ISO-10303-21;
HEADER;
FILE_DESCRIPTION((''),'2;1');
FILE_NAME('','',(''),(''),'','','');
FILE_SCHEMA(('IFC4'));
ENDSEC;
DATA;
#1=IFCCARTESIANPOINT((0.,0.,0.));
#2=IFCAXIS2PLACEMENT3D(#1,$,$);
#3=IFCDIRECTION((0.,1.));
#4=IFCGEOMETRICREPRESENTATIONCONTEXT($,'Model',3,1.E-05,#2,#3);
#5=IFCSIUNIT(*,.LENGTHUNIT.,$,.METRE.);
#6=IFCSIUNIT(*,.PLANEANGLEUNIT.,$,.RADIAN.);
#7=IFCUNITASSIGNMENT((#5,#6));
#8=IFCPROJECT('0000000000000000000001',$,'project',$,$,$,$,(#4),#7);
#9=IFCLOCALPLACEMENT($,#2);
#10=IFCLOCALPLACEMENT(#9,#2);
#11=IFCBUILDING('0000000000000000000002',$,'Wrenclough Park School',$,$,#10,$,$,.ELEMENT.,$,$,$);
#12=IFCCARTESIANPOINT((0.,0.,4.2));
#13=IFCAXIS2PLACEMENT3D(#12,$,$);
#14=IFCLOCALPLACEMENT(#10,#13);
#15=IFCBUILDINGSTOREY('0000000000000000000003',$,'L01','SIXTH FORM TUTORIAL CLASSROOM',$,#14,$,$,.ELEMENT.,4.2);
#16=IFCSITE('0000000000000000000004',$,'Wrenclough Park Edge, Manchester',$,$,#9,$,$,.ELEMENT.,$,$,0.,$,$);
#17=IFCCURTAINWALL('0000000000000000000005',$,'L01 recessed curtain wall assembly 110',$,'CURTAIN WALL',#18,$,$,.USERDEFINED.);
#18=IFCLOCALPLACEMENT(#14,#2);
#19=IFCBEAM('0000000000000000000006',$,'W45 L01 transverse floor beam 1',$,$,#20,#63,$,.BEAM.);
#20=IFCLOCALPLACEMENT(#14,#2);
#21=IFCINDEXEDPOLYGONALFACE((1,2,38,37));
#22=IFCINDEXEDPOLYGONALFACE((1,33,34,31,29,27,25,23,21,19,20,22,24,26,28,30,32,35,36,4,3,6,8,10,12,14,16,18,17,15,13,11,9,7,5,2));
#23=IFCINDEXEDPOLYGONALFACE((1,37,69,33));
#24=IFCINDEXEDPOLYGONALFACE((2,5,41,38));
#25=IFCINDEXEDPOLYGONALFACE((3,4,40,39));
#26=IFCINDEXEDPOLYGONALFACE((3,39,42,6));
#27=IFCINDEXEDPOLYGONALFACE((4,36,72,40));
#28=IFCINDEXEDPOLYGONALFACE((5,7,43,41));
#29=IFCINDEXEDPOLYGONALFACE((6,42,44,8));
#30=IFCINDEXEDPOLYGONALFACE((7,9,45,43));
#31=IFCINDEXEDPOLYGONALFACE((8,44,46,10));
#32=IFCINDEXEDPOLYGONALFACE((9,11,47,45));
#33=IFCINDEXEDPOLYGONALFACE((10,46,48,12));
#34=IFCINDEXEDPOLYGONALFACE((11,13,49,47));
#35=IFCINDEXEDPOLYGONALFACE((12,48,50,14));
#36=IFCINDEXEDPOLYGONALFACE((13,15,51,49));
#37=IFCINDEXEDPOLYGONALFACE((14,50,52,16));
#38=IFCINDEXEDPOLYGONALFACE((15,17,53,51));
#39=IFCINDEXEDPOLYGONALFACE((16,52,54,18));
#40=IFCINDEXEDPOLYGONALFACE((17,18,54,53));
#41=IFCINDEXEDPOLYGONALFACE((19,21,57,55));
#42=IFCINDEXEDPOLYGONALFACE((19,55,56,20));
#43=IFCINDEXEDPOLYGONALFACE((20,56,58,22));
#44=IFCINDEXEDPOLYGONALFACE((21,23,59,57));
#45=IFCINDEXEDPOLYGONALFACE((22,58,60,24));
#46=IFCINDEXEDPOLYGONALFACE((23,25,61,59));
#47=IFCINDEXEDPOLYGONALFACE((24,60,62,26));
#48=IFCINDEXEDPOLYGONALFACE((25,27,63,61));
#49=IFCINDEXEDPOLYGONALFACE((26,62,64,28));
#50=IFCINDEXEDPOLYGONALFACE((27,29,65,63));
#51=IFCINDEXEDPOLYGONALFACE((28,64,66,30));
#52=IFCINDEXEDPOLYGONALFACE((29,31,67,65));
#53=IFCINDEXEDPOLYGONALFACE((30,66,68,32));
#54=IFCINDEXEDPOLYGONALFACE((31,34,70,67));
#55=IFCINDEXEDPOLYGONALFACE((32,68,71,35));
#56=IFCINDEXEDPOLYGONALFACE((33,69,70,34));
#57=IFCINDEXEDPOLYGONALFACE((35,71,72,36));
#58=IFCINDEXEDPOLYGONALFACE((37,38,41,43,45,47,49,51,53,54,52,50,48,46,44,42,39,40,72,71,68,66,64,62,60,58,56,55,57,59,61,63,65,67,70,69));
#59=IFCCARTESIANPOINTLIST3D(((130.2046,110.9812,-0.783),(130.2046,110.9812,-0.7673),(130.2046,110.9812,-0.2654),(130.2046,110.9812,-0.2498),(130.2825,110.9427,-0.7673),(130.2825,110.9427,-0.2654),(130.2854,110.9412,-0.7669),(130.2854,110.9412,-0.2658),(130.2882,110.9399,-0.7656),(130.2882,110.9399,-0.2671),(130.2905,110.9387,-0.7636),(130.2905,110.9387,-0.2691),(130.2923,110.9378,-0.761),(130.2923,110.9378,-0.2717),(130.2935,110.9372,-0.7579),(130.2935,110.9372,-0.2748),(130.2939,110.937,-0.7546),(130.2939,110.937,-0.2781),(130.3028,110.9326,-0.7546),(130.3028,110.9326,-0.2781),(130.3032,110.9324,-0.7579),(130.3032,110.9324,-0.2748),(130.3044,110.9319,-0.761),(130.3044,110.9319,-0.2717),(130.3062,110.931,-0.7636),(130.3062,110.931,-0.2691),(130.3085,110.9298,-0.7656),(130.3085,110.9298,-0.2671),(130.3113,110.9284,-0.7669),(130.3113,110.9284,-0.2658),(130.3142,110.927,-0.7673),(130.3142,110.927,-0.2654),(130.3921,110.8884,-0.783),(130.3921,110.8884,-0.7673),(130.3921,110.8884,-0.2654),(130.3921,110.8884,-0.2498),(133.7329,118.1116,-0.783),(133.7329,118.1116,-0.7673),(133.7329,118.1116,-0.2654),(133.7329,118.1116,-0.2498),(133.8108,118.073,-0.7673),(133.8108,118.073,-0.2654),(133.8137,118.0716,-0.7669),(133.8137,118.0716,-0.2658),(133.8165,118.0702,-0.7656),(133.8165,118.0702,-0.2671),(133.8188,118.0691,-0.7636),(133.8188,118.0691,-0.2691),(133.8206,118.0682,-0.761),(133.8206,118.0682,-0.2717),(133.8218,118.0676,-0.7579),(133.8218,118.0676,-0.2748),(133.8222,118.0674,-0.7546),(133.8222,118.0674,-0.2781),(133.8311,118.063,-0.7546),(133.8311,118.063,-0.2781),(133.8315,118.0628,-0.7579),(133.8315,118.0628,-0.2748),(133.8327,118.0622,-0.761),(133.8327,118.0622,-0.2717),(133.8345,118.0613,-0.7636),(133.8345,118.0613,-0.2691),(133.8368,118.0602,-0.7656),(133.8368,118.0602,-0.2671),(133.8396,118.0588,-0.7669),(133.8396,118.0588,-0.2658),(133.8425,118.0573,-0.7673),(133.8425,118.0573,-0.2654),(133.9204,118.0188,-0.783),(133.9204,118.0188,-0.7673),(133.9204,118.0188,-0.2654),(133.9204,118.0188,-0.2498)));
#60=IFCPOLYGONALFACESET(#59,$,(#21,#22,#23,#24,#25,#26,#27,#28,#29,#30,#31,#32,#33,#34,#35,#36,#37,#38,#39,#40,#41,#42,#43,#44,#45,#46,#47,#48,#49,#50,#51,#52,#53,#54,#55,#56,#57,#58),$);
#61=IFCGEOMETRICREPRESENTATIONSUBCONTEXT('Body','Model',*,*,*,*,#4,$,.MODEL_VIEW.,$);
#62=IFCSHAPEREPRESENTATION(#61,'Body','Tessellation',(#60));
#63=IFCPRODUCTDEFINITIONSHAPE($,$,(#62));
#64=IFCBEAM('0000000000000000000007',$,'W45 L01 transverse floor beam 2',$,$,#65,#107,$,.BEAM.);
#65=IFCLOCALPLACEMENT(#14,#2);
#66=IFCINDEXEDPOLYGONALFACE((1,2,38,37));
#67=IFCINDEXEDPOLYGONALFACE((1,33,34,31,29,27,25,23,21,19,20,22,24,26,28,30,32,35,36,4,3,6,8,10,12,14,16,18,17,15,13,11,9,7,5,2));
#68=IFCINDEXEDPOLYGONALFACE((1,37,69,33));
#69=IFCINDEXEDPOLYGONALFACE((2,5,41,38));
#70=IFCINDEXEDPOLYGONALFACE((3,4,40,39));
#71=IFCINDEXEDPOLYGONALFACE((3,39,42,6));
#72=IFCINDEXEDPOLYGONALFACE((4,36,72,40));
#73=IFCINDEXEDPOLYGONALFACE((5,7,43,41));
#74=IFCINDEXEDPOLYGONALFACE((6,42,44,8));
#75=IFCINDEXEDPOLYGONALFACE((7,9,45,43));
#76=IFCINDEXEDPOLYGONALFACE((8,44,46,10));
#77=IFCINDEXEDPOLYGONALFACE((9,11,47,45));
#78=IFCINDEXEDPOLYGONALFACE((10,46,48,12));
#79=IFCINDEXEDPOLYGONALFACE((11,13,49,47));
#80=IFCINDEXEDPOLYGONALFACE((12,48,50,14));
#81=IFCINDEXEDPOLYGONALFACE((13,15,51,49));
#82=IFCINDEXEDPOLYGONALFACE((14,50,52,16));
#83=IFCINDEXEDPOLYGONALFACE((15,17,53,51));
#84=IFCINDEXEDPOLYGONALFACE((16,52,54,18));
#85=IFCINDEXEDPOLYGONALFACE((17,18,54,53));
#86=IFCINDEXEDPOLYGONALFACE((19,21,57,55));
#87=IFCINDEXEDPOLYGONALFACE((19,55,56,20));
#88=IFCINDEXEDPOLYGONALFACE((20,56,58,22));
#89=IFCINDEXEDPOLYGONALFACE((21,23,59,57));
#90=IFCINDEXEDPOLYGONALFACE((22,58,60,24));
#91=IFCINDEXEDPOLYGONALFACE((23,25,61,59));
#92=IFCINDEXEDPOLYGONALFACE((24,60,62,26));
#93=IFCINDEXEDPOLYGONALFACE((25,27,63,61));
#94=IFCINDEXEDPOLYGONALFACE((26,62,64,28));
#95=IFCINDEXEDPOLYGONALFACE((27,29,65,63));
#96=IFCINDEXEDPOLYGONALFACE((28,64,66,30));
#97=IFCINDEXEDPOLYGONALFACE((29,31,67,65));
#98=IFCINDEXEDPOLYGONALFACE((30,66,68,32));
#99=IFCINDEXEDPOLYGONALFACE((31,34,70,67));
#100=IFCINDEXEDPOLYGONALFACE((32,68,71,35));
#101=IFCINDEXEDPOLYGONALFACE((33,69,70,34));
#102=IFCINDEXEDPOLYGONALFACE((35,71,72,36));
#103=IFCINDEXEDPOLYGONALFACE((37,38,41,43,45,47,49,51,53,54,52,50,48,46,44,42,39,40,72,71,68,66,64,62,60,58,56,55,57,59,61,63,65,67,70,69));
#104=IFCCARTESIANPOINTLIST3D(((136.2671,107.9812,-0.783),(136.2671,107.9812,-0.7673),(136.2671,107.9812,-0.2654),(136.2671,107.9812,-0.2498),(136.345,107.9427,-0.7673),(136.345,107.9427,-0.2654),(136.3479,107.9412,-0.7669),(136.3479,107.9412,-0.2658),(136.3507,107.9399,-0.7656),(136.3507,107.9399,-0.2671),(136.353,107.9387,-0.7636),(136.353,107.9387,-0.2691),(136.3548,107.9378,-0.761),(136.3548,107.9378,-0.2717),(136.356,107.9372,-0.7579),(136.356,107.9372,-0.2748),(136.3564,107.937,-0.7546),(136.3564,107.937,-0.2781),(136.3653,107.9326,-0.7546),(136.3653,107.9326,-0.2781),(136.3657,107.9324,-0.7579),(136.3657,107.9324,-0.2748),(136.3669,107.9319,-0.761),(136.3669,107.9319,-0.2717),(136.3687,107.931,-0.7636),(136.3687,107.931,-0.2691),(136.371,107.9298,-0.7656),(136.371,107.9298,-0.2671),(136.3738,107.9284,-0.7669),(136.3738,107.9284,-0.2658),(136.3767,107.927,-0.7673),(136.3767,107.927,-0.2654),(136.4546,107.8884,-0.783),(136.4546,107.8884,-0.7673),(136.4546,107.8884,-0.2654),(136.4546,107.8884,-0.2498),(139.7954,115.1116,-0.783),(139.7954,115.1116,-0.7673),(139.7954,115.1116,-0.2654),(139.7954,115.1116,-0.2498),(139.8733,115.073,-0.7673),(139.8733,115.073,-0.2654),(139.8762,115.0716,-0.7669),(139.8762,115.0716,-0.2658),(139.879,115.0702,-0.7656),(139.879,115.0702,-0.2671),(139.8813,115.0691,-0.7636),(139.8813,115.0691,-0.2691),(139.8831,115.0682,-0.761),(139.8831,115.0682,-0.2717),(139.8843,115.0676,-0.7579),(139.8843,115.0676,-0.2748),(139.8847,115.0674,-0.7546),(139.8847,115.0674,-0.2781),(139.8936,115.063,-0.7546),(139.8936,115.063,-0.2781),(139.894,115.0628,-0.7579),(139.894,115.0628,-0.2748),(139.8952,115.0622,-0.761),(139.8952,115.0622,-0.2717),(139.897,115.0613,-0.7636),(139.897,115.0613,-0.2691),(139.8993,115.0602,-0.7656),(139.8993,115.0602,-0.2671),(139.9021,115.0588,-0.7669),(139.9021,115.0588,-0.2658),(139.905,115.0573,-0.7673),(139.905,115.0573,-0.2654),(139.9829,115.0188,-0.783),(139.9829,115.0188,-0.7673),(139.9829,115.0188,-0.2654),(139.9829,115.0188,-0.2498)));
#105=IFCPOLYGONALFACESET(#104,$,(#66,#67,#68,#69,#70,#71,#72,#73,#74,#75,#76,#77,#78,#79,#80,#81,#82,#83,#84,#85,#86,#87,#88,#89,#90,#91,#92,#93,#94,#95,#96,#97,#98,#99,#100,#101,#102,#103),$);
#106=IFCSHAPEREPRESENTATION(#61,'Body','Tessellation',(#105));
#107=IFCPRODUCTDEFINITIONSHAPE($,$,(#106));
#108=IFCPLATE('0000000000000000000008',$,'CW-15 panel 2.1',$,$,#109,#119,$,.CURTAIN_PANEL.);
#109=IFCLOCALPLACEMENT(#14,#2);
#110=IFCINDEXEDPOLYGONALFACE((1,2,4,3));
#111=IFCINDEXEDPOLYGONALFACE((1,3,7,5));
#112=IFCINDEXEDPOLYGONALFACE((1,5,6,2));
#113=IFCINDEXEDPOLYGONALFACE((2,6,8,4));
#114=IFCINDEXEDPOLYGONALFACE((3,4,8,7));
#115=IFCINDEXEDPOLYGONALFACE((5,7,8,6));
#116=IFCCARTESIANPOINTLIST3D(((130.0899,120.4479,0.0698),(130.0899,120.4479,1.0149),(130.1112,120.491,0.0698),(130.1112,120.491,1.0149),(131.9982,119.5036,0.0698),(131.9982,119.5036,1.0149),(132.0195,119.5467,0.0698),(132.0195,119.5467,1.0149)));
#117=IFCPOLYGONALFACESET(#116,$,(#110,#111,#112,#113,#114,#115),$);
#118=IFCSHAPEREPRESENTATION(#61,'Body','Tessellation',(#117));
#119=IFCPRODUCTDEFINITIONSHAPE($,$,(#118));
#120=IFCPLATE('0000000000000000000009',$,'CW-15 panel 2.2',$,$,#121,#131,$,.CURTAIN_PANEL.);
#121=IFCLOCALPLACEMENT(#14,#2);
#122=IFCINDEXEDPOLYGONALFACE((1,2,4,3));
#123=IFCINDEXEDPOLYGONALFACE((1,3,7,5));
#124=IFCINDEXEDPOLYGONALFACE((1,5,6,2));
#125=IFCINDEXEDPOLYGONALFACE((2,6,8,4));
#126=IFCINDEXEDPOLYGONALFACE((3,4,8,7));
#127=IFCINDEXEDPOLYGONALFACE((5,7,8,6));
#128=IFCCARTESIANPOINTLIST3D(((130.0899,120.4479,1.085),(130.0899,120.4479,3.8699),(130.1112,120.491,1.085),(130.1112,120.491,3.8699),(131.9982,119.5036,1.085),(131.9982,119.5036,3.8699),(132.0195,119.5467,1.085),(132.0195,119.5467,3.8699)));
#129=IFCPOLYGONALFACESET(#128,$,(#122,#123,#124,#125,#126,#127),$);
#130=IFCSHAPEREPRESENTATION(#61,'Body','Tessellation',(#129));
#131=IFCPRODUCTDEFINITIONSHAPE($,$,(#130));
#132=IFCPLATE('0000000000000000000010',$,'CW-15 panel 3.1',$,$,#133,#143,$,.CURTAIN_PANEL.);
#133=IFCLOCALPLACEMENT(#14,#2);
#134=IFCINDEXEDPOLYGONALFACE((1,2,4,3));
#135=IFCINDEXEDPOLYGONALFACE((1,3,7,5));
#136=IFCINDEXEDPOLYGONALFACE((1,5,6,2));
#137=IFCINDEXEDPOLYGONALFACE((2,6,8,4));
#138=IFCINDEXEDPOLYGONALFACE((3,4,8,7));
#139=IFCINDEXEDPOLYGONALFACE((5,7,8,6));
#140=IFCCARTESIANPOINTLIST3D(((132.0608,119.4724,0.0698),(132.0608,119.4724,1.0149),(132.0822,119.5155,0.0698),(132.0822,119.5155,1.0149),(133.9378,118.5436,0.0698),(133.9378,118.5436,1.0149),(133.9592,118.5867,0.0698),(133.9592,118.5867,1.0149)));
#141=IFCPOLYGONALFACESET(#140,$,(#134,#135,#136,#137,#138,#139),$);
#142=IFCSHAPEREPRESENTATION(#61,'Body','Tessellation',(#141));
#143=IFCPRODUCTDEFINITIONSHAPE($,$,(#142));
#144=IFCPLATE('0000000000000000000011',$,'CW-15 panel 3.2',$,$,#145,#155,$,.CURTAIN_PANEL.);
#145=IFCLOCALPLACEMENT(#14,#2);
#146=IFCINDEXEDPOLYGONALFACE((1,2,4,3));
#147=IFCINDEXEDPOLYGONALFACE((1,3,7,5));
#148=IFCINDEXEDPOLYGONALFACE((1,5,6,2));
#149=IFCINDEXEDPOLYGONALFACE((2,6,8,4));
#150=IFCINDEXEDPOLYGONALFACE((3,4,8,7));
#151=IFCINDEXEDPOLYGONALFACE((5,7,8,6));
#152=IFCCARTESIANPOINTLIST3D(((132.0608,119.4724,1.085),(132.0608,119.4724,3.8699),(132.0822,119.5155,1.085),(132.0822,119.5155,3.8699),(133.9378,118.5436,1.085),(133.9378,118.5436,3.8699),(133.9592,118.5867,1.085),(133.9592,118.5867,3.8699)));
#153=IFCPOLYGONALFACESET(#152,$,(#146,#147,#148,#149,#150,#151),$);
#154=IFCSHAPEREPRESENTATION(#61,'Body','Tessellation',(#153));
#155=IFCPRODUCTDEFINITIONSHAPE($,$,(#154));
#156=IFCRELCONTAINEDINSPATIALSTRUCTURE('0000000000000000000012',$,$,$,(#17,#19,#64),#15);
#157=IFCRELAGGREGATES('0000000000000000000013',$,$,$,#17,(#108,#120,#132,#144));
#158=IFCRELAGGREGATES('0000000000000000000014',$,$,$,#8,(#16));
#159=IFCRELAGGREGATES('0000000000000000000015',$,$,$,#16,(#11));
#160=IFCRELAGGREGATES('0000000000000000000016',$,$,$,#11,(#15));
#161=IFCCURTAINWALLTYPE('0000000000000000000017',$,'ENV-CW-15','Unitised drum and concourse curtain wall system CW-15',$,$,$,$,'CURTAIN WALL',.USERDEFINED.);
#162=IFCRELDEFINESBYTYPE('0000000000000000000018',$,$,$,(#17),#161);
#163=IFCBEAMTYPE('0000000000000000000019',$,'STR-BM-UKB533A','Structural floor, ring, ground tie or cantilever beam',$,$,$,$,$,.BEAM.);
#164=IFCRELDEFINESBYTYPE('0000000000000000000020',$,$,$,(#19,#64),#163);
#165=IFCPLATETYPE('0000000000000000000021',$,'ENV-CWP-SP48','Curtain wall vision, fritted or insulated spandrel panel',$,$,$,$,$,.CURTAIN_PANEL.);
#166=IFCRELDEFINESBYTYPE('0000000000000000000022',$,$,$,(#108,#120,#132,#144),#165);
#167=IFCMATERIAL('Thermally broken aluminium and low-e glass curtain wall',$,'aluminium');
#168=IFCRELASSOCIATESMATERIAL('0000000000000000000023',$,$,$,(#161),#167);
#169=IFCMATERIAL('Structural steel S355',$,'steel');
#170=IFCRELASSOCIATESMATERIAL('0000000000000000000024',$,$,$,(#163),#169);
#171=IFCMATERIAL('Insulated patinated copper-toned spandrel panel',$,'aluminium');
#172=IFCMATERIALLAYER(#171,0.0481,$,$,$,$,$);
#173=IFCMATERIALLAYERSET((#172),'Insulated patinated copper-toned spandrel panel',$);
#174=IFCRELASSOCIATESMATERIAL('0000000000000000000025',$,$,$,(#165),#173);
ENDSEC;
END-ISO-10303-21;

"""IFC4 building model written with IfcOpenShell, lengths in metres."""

from ifc_helpers import new_model, si_unit, direction, frame, origin, origin_2d, place, context, subcontext, project, spatial, rectangle, i_section, extrude, material, layer, layer_set, material_profile, profile_set, type_object, element, aggregate, save


model = new_model("IFC4")

# Units and contexts
model_context = context("Model", 3, precision=1e-05, world=origin(), true_north=direction((0.0, 1.0)))
body_context = subcontext(model_context, "Body", "Model", "MODEL_VIEW")
ifc_project = project(units=[si_unit("LENGTHUNIT", "METRE"), si_unit("PLANEANGLEUNIT", "RADIAN")], contexts=[model_context])

# Site, building, storey
site_placement = place(None, origin())
site = spatial("IfcSite", under=ifc_project, at=site_placement, Name="Wrenclough Park Edge, Manchester", CompositionType="ELEMENT", RefElevation=0.0)
building_placement = place(site_placement, origin())
building = spatial("IfcBuilding", under=site, at=building_placement, Name="Wrenclough Park School", CompositionType="ELEMENT")
storey_placement = place(building_placement, frame((0.0, 0.0, 4.2)))
storey = spatial("IfcBuildingStorey", under=building, at=storey_placement, Name="L01", Description="SIXTH FORM TUTORIAL CLASSROOM", CompositionType="ELEMENT", Elevation=4.2)

# Shared definitions
ifc_material_1 = material(Name="Structural steel S355", Category="steel")

# Shared definitions
ifc_material_2 = material(Name="Thermally broken aluminium and low-e glass curtain wall", Category="aluminium")

# Curtain wall
curtain_wall_type_1 = type_object("IfcCurtainWallType", Name="ENV-CW-15", Description="Unitised drum and concourse curtain wall system CW-15", ElementType="CURTAIN WALL", PredefinedType="USERDEFINED", material=ifc_material_2)
curtain_wall_1_placement = place(storey_placement, origin())
curtain_wall_1 = element("IfcCurtainWall", 1, at=curtain_wall_1_placement, inside=storey, type_object=curtain_wall_type_1, Name="L01 recessed curtain wall assembly 110", ObjectType="CURTAIN WALL", PredefinedType="USERDEFINED")

# Beams
ifc_material_profile_1 = material_profile(ifc_material_1, i_section(OverallWidth=0.2092, OverallDepth=0.5332, WebThickness=0.01, FlangeThickness=0.0156, FilletRadius=0.0127, at=origin_2d()), Name="UKB 533x210x92")
ifc_profile_set_1 = profile_set([ifc_material_profile_1], Name="Structural steel S355")
beam_type_1 = type_object("IfcBeamType", Name="STR-BM-UKB533A", Description="Structural floor, ring, ground tie or cantilever beam", PredefinedType="BEAM", material=ifc_profile_set_1)
for number, where, z_axis, x_axis, name in (
    (2, (133.8267, 118.0652, -0.5164), (-0.443503, -0.896273, 0.0), (0.896273, -0.443503, 0.0), "W45 L01 transverse floor beam 1"),
    (3, (139.8892, 115.0652, -0.5164), (-0.443503, -0.896273, 0.0), (0.896273, -0.443503, 0.0), "W45 L01 transverse floor beam 2"),
):
    element("IfcBeam", number, at=place(storey_placement, frame(where, z_axis=z_axis, x_axis=x_axis)), inside=storey, type_object=beam_type_1, Name=name, PredefinedType="BEAM", context=body_context, shape_type="SweptSolid", body=[
        extrude(i_section(OverallWidth=0.2092, OverallDepth=0.5332, WebThickness=0.01, FlangeThickness=0.0156, FilletRadius=0.0127, at=origin_2d()), origin(), (0.0, 0.0, 1.0), 7.9556),
    ])

# Plates
ifc_material_3 = material(Name="Insulated patinated copper-toned spandrel panel", Category="aluminium")
ifc_layer_1 = layer(ifc_material_3, 0.0481)
ifc_layer_set_1 = layer_set([ifc_layer_1], Name="Insulated patinated copper-toned spandrel panel")
plate_type = type_object("IfcPlateType", Name="ENV-CWP-SP48", Description="Curtain wall vision, fritted or insulated spandrel panel", PredefinedType="CURTAIN_PANEL", material=ifc_layer_set_1)
plate_1_placement = place(storey_placement, frame((131.0547, 119.9973, 0.0698), z_axis=(0.0, 0.0, 1.0), x_axis=(0.896269, -0.443511, 0.0)))
plate_1 = element("IfcPlate", 4, at=plate_1_placement, type_object=plate_type, Name="CW-15 panel 2.1", PredefinedType="CURTAIN_PANEL", context=body_context, shape_type="SweptSolid", body=[
    extrude(rectangle(XDim=2.1292, YDim=0.0481, at=origin_2d()), origin(), (0.0, 0.0, 1.0), 0.9451),
])
plate_2_placement = place(storey_placement, frame((131.0547, 119.9973, 1.085), z_axis=(0.0, 0.0, 1.0), x_axis=(0.896269, -0.443511, 0.0)))
plate_2 = element("IfcPlate", 5, at=plate_2_placement, type_object=plate_type, Name="CW-15 panel 2.2", PredefinedType="CURTAIN_PANEL", context=body_context, shape_type="SweptSolid", body=[
    extrude(rectangle(XDim=2.1292, YDim=0.0481, at=origin_2d()), origin(), (0.0, 0.0, 1.0), 2.7849),
])
plate_3_placement = place(storey_placement, frame((133.01, 119.0295, 0.0698), z_axis=(0.0, 0.0, 1.0), x_axis=(0.896269, -0.443511, 0.0)))
plate_3 = element("IfcPlate", 6, at=plate_3_placement, type_object=plate_type, Name="CW-15 panel 3.1", PredefinedType="CURTAIN_PANEL", context=body_context, shape_type="SweptSolid", body=[
    extrude(rectangle(XDim=2.0942, YDim=0.0481, at=origin_2d()), origin(), (0.0, 0.0, 1.0), 0.9451),
])
plate_4_placement = place(storey_placement, frame((133.01, 119.0295, 1.085), z_axis=(0.0, 0.0, 1.0), x_axis=(0.896269, -0.443511, 0.0)))
plate_4 = element("IfcPlate", 7, at=plate_4_placement, type_object=plate_type, Name="CW-15 panel 3.2", PredefinedType="CURTAIN_PANEL", context=body_context, shape_type="SweptSolid", body=[
    extrude(rectangle(XDim=2.0942, YDim=0.0481, at=origin_2d()), origin(), (0.0, 0.0, 1.0), 2.7849),
])
aggregate(curtain_wall_1, [plate_1, plate_2, plate_3, plate_4])

save(model, "model.ifc")
